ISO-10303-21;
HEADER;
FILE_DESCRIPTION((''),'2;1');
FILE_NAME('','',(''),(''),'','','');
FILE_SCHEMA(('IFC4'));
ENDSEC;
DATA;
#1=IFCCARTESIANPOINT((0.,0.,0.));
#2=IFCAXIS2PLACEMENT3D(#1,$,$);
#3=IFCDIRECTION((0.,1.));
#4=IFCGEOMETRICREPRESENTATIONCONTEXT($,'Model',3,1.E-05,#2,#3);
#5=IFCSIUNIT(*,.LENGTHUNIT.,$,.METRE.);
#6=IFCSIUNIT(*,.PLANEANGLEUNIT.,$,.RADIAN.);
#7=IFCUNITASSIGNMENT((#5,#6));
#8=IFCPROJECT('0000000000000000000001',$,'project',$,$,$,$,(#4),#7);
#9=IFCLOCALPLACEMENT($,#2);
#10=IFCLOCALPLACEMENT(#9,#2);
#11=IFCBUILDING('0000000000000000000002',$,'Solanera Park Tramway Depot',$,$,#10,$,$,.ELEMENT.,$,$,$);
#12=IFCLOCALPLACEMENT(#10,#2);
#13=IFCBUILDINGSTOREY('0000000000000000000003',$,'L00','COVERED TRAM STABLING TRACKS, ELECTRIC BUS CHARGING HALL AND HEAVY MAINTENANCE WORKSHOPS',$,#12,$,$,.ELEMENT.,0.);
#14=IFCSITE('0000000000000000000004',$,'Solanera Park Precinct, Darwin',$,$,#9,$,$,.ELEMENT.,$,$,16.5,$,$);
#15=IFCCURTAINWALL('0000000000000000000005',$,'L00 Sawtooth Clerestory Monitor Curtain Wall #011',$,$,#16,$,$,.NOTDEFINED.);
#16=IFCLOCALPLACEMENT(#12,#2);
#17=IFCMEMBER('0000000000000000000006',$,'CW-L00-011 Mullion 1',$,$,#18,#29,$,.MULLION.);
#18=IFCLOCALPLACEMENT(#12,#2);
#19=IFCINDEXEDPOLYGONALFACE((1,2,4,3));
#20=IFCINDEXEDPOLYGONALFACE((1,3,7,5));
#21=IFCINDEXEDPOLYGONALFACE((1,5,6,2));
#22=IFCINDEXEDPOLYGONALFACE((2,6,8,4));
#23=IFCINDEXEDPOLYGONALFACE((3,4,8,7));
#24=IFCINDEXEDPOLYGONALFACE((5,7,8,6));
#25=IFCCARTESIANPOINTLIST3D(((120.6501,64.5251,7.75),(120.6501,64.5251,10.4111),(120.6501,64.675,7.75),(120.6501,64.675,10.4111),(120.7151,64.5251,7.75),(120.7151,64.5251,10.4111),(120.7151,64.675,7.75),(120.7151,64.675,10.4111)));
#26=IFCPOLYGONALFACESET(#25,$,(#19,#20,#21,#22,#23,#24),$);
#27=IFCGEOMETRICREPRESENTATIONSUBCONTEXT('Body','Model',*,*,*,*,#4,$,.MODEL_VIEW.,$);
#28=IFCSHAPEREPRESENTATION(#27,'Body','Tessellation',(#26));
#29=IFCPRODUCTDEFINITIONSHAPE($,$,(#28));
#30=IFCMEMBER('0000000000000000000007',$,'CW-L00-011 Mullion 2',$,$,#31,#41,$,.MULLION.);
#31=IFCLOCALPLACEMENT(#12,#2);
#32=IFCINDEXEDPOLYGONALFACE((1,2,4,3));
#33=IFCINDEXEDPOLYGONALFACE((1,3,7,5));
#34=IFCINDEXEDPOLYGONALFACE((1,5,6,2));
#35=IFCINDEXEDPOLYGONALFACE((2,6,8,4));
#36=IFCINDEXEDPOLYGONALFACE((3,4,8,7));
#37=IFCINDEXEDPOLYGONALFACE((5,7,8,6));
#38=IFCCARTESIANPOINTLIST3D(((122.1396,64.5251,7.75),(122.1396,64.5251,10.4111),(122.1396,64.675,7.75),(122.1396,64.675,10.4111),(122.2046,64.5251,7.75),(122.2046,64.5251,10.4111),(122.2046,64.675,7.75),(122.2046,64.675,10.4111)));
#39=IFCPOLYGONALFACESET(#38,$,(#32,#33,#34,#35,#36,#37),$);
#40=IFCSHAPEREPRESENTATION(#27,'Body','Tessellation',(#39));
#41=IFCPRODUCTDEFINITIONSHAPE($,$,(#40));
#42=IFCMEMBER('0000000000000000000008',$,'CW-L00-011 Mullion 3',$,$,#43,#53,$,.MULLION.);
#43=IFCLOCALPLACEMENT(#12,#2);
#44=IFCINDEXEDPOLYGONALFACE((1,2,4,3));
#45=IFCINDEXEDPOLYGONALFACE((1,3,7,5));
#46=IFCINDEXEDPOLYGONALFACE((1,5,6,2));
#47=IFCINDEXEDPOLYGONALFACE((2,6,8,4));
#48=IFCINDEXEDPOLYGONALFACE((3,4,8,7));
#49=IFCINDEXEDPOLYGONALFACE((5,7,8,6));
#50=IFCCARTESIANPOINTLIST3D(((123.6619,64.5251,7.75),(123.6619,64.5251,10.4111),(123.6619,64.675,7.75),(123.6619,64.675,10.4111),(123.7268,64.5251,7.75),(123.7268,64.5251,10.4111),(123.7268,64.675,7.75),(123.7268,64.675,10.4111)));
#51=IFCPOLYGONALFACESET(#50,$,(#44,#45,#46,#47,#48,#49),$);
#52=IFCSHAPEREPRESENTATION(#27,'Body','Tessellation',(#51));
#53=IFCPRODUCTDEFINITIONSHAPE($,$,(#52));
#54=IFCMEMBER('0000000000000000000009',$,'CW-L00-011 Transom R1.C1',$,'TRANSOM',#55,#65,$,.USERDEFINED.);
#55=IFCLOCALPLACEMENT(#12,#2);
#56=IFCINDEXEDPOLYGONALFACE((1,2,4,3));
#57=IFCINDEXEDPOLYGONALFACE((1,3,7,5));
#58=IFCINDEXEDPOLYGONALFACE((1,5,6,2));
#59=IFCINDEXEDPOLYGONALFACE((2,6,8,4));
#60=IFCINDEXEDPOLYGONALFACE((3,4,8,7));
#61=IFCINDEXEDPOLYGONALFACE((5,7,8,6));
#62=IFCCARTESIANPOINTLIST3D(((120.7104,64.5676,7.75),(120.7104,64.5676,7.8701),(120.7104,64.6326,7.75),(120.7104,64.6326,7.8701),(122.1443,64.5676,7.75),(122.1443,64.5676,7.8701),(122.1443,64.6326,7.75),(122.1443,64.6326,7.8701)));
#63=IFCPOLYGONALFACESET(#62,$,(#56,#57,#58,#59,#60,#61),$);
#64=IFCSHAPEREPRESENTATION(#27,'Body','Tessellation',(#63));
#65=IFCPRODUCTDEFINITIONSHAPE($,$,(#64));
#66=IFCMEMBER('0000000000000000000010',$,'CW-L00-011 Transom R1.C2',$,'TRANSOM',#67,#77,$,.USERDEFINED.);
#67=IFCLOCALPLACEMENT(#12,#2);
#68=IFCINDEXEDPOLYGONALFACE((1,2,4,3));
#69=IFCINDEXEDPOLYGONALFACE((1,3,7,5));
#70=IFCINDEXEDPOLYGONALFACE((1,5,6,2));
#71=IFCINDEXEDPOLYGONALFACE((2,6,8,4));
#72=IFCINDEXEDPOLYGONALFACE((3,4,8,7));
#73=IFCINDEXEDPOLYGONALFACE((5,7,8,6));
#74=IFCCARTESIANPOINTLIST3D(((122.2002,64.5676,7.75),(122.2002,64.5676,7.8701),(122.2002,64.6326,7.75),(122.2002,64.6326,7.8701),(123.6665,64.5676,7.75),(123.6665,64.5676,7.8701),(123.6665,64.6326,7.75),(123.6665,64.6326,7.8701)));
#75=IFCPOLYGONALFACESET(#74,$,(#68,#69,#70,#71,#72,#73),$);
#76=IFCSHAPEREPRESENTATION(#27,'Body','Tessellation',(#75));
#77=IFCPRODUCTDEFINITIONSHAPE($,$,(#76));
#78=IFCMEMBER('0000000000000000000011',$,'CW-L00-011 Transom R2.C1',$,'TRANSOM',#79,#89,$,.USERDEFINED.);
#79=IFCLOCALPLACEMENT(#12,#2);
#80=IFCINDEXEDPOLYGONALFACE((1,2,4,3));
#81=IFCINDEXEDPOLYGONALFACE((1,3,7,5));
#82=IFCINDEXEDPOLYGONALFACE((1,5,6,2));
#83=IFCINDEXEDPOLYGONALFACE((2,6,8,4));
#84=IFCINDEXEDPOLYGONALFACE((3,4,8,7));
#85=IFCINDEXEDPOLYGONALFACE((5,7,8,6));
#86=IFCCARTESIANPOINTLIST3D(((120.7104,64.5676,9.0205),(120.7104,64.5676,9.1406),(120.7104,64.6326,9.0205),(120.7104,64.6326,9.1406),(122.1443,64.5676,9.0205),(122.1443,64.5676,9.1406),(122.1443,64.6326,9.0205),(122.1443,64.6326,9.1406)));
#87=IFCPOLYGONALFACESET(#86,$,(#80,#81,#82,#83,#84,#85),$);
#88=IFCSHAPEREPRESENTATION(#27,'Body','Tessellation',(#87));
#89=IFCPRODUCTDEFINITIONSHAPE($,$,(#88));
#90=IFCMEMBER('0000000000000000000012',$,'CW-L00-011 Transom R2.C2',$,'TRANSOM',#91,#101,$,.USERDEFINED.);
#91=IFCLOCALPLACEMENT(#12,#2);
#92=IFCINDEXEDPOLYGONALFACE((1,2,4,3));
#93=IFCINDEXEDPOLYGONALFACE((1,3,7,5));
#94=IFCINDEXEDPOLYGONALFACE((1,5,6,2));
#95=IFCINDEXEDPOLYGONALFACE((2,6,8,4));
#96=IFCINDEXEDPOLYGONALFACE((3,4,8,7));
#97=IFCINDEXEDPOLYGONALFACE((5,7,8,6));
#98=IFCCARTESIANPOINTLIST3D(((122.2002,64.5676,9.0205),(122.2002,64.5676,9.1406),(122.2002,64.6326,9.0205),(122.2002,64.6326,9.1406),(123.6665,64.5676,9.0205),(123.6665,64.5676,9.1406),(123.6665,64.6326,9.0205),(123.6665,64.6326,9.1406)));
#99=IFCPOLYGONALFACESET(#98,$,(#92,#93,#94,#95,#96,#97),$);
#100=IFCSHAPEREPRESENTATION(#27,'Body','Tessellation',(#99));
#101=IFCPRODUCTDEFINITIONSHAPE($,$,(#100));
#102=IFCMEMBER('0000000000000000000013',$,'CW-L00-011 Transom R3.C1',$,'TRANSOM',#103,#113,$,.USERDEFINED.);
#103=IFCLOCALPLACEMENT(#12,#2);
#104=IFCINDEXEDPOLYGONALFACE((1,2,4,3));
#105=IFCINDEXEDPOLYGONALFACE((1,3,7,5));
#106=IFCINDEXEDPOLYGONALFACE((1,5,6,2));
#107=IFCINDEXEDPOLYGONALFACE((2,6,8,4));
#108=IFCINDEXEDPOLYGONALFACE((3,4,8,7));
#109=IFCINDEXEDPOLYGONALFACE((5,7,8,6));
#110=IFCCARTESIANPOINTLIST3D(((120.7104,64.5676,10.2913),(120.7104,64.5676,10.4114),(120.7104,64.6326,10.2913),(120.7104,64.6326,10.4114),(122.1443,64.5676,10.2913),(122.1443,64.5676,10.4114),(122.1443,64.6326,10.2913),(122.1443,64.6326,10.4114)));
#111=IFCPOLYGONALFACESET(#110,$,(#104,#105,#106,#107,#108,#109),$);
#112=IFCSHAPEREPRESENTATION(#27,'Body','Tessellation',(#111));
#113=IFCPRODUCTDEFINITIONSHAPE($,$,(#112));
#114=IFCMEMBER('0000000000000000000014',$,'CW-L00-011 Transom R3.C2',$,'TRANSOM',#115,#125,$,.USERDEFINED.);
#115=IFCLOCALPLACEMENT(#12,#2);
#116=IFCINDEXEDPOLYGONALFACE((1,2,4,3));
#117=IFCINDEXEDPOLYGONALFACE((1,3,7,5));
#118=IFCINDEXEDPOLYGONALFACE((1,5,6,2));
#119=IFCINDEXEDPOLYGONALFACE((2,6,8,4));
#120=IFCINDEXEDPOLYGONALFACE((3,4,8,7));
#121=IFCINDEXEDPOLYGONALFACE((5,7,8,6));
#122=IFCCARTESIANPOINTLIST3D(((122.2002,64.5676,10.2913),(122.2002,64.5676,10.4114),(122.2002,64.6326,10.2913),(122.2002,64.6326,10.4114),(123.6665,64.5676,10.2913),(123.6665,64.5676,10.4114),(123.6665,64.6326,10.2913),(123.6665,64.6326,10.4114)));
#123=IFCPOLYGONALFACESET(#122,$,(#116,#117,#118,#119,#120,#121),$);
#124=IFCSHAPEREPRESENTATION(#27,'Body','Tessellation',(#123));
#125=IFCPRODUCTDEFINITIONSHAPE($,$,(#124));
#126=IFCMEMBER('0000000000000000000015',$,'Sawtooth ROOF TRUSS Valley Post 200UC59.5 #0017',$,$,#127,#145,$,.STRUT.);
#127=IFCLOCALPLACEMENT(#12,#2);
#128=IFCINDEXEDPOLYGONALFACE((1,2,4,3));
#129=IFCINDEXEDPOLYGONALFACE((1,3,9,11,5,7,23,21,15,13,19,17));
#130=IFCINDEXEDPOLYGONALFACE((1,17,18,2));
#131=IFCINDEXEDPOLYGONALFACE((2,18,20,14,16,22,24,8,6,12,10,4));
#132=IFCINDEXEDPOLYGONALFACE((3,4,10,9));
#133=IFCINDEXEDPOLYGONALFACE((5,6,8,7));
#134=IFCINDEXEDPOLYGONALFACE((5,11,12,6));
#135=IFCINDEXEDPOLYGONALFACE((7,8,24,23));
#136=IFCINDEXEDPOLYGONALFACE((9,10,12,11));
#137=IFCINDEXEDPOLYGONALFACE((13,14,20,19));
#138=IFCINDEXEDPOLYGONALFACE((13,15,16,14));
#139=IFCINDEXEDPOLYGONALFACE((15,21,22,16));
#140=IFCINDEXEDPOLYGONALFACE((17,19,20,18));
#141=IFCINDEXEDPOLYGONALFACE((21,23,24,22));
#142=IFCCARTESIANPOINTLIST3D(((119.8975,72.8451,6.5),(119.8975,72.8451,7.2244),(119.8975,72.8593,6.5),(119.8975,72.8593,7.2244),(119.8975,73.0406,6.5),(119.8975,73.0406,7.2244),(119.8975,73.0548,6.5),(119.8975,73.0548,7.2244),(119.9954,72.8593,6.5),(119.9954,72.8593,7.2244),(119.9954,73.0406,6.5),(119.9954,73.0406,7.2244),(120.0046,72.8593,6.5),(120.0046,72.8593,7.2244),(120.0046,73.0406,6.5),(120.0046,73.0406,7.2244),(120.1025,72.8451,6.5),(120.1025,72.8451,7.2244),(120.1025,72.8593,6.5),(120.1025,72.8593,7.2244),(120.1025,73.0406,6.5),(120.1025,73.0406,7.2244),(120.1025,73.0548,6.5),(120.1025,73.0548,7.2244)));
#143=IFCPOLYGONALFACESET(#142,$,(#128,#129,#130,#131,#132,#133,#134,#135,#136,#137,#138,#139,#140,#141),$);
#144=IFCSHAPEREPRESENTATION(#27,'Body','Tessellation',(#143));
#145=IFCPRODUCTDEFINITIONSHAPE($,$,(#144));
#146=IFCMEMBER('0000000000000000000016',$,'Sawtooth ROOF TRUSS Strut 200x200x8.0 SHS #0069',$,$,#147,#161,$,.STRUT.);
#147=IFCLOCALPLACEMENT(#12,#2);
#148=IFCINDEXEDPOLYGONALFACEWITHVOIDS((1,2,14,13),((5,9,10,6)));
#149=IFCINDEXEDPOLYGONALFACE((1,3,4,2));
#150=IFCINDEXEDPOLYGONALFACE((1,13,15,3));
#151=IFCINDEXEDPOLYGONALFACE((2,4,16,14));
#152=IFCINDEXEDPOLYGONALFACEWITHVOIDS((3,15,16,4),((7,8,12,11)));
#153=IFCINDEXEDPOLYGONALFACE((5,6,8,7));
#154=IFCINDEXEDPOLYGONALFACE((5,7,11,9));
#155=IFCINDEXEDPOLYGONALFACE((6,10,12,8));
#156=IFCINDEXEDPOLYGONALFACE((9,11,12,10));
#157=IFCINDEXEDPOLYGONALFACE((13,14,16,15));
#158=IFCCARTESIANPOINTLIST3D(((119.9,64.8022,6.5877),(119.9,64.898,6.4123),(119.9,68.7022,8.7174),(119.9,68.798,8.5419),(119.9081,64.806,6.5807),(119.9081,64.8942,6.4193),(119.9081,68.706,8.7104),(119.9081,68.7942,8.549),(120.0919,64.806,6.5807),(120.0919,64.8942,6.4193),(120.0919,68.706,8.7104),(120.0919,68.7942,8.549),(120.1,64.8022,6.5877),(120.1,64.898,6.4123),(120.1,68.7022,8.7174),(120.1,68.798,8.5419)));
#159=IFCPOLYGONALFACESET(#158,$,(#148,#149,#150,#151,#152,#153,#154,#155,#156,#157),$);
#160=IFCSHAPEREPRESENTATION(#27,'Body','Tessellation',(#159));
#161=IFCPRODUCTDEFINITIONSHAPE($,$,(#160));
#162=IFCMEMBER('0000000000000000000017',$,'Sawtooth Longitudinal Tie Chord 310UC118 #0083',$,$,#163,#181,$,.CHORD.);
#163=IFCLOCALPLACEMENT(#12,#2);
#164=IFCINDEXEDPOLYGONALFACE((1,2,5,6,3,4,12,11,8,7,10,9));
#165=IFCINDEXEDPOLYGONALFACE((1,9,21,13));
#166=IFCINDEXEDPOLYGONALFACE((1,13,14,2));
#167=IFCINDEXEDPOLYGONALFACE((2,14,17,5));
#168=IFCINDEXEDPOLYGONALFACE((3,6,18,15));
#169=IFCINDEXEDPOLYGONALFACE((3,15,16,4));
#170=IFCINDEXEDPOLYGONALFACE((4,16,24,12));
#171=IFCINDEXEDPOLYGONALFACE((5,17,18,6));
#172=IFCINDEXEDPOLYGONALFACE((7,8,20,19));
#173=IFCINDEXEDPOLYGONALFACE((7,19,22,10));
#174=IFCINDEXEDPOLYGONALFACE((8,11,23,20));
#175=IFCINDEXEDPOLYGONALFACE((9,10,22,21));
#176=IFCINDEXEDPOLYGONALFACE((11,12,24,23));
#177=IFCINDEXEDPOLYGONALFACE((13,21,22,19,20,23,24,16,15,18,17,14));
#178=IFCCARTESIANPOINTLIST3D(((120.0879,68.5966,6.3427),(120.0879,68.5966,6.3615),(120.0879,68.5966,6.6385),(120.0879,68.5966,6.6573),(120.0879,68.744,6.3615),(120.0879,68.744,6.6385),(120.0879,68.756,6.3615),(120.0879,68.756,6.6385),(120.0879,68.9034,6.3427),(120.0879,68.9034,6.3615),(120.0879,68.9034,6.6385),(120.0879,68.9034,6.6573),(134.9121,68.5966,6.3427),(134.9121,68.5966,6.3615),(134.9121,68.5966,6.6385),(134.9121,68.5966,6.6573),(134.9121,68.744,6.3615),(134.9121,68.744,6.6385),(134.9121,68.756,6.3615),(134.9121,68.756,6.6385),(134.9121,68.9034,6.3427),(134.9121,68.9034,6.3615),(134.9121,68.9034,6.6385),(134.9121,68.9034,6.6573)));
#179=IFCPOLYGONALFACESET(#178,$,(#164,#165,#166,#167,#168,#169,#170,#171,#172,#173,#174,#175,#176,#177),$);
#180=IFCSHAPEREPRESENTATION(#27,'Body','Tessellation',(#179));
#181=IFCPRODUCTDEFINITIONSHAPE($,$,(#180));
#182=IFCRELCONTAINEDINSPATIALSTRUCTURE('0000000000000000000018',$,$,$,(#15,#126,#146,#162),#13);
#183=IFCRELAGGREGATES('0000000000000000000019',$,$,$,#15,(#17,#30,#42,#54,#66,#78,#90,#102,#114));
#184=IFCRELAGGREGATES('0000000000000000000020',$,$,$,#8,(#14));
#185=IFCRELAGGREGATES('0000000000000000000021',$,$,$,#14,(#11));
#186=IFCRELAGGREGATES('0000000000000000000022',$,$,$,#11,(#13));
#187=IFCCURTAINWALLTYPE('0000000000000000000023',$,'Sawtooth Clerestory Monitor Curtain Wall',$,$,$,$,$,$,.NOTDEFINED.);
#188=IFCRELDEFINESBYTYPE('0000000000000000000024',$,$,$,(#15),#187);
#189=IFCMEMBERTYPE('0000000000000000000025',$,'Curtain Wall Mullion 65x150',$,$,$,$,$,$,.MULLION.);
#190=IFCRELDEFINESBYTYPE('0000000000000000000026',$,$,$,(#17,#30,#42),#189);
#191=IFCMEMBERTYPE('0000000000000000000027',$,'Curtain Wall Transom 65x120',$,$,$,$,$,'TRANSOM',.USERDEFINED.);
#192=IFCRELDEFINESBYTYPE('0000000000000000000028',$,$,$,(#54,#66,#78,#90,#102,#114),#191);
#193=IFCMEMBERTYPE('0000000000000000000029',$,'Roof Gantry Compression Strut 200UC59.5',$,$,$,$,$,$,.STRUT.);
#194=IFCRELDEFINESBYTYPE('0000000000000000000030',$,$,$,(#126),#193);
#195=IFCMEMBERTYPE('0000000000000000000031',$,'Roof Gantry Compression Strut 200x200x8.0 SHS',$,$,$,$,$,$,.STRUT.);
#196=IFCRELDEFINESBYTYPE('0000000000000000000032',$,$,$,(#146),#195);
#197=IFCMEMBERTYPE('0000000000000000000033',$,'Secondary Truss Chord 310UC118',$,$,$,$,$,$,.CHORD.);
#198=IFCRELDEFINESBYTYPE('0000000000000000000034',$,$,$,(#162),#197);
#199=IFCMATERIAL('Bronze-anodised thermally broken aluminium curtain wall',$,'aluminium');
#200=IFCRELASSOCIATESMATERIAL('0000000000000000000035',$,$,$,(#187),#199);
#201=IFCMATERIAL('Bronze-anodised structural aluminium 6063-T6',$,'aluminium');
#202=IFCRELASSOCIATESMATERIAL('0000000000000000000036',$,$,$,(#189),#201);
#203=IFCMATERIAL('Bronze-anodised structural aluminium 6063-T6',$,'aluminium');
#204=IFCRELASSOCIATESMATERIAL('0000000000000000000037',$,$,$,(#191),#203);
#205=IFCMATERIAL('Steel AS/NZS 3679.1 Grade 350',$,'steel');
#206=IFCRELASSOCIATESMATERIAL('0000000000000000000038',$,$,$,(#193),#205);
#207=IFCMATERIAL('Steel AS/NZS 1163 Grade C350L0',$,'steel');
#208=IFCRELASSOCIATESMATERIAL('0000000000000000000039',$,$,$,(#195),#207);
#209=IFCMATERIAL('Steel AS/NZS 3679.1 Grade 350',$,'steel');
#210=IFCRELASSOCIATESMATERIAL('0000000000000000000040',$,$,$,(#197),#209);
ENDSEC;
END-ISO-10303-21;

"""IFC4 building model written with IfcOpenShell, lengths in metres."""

from ifc_helpers import new_model, si_unit, direction, frame, origin, origin_2d, place, context, subcontext, project, spatial, rectangle, hollow_rectangle, i_section, extrude, material, material_profile, profile_set, type_object, element, aggregate, save


model = new_model("IFC4")

# Units and contexts
model_context = context("Model", 3, precision=1e-05, world=origin(), true_north=direction((0.0, 1.0)))
body_context = subcontext(model_context, "Body", "Model", "MODEL_VIEW")
ifc_project = project(units=[si_unit("LENGTHUNIT", "METRE"), si_unit("PLANEANGLEUNIT", "RADIAN")], contexts=[model_context])

# Site, building, storey
site_placement = place(None, origin())
site = spatial("IfcSite", under=ifc_project, at=site_placement, Name="Solanera Park Precinct, Darwin", CompositionType="ELEMENT", RefElevation=16.5)
building_placement = place(site_placement, origin())
building = spatial("IfcBuilding", under=site, at=building_placement, Name="Solanera Park Tramway Depot", CompositionType="ELEMENT")
storey_placement = place(building_placement, origin())
storey = spatial("IfcBuildingStorey", under=building, at=storey_placement, Name="L00", Description="COVERED TRAM STABLING TRACKS, ELECTRIC BUS CHARGING HALL AND HEAVY MAINTENANCE WORKSHOPS", CompositionType="ELEMENT", Elevation=0.0)

# Curtain wall, members
ifc_material_1 = material(Name="Bronze-anodised thermally broken aluminium curtain wall", Category="aluminium")
curtain_wall_type = type_object("IfcCurtainWallType", Name="Sawtooth Clerestory Monitor Curtain Wall", PredefinedType="NOTDEFINED", material=ifc_material_1)
curtain_wall_placement = place(storey_placement, origin())
curtain_wall = element("IfcCurtainWall", 1, at=curtain_wall_placement, inside=storey, type_object=curtain_wall_type, Name="L00 Sawtooth Clerestory Monitor Curtain Wall #011", PredefinedType="NOTDEFINED")
ifc_material_2 = material(Name="Bronze-anodised structural aluminium 6063-T6", Category="aluminium")
ifc_material_profile_1 = material_profile(ifc_material_2, rectangle(XDim=0.0649, YDim=0.1499, at=origin_2d()), Name="Curtain Wall Mullion 65x150")
ifc_profile_set_1 = profile_set([ifc_material_profile_1], Name="Bronze-anodised structural aluminium 6063-T6")
member_type_1 = type_object("IfcMemberType", Name="Curtain Wall Mullion 65x150", PredefinedType="MULLION", material=ifc_profile_set_1)
member_1_placement = place(storey_placement, frame((120.6826, 64.6001, 7.75), z_axis=(0.0, 0.0, 1.0), x_axis=(1.0, 0.0, 0.0)))
member_1 = element("IfcMember", 2, at=member_1_placement, type_object=member_type_1, Name="CW-L00-011 Mullion 1", PredefinedType="MULLION", context=body_context, shape_type="SweptSolid", body=[
    extrude(rectangle(XDim=0.0649, YDim=0.1499, at=origin_2d()), origin(), (0.0, 0.0, 1.0), 2.6611),
])
member_2_placement = place(storey_placement, frame((122.1721, 64.6001, 7.75), z_axis=(0.0, 0.0, 1.0), x_axis=(1.0, 0.0, 0.0)))
member_2 = element("IfcMember", 3, at=member_2_placement, type_object=member_type_1, Name="CW-L00-011 Mullion 2", PredefinedType="MULLION", context=body_context, shape_type="SweptSolid", body=[
    extrude(rectangle(XDim=0.0649, YDim=0.1499, at=origin_2d()), origin(), (0.0, 0.0, 1.0), 2.6611),
])
member_3_placement = place(storey_placement, frame((123.6943, 64.6001, 7.75), z_axis=(0.0, 0.0, 1.0), x_axis=(1.0, 0.0, 0.0)))
member_3 = element("IfcMember", 4, at=member_3_placement, type_object=member_type_1, Name="CW-L00-011 Mullion 3", PredefinedType="MULLION", context=body_context, shape_type="SweptSolid", body=[
    extrude(rectangle(XDim=0.0649, YDim=0.1499, at=origin_2d()), origin(), (0.0, 0.0, 1.0), 2.6611),
])
ifc_material_3 = material(Name="Bronze-anodised structural aluminium 6063-T6", Category="aluminium")
ifc_material_profile_2 = material_profile(ifc_material_3, rectangle(XDim=0.0649, YDim=0.1201, at=origin_2d()), Name="Curtain Wall Transom 65x120")
ifc_profile_set_2 = profile_set([ifc_material_profile_2], Name="Bronze-anodised structural aluminium 6063-T6")
member_type_2 = type_object("IfcMemberType", Name="Curtain Wall Transom 65x120", ElementType="TRANSOM", PredefinedType="USERDEFINED", material=ifc_profile_set_2)
member_4_placement = place(storey_placement, frame((120.7104, 64.6001, 7.8101), z_axis=(1.0, 0.0, 0.0), x_axis=(0.0, 1.0, 0.0)))
member_4 = element("IfcMember", 5, at=member_4_placement, type_object=member_type_2, Name="CW-L00-011 Transom R1.C1", ObjectType="TRANSOM", PredefinedType="USERDEFINED", context=body_context, shape_type="SweptSolid", body=[
    extrude(rectangle(XDim=0.0649, YDim=0.1201, at=origin_2d()), origin(), (0.0, 0.0, 1.0), 1.4338),
])
member_5_placement = place(storey_placement, frame((122.2002, 64.6001, 7.8101), z_axis=(1.0, 0.0, 0.0), x_axis=(0.0, 1.0, 0.0)))
member_5 = element("IfcMember", 6, at=member_5_placement, type_object=member_type_2, Name="CW-L00-011 Transom R1.C2", ObjectType="TRANSOM", PredefinedType="USERDEFINED", context=body_context, shape_type="SweptSolid", body=[
    extrude(rectangle(XDim=0.0649, YDim=0.1201, at=origin_2d()), origin(), (0.0, 0.0, 1.0), 1.4663),
])
member_6_placement = place(storey_placement, frame((120.7104, 64.6001, 9.0806), z_axis=(1.0, 0.0, 0.0), x_axis=(0.0, 1.0, 0.0)))
member_6 = element("IfcMember", 7, at=member_6_placement, type_object=member_type_2, Name="CW-L00-011 Transom R2.C1", ObjectType="TRANSOM", PredefinedType="USERDEFINED", context=body_context, shape_type="SweptSolid", body=[
    extrude(rectangle(XDim=0.0649, YDim=0.1201, at=origin_2d()), origin(), (0.0, 0.0, 1.0), 1.4338),
])
member_7_placement = place(storey_placement, frame((122.2002, 64.6001, 9.0806), z_axis=(1.0, 0.0, 0.0), x_axis=(0.0, 1.0, 0.0)))
member_7 = element("IfcMember", 8, at=member_7_placement, type_object=member_type_2, Name="CW-L00-011 Transom R2.C2", ObjectType="TRANSOM", PredefinedType="USERDEFINED", context=body_context, shape_type="SweptSolid", body=[
    extrude(rectangle(XDim=0.0649, YDim=0.1201, at=origin_2d()), origin(), (0.0, 0.0, 1.0), 1.4663),
])
member_8_placement = place(storey_placement, frame((120.7104, 64.6001, 10.3513), z_axis=(1.0, 0.0, 0.0), x_axis=(0.0, 1.0, 0.0)))
member_8 = element("IfcMember", 9, at=member_8_placement, type_object=member_type_2, Name="CW-L00-011 Transom R3.C1", ObjectType="TRANSOM", PredefinedType="USERDEFINED", context=body_context, shape_type="SweptSolid", body=[
    extrude(rectangle(XDim=0.0649, YDim=0.1201, at=origin_2d()), origin(), (0.0, 0.0, 1.0), 1.4338),
])
member_9_placement = place(storey_placement, frame((122.2002, 64.6001, 10.3513), z_axis=(1.0, 0.0, 0.0), x_axis=(0.0, 1.0, 0.0)))
member_9 = element("IfcMember", 10, at=member_9_placement, type_object=member_type_2, Name="CW-L00-011 Transom R3.C2", ObjectType="TRANSOM", PredefinedType="USERDEFINED", context=body_context, shape_type="SweptSolid", body=[
    extrude(rectangle(XDim=0.0649, YDim=0.1201, at=origin_2d()), origin(), (0.0, 0.0, 1.0), 1.4663),
])

# Members
ifc_material_4 = material(Name="Steel AS/NZS 3679.1 Grade 350", Category="steel")
ifc_material_profile_3 = material_profile(ifc_material_4, i_section(OverallWidth=0.2051, OverallDepth=0.2097, WebThickness=0.0093, FlangeThickness=0.0142, at=origin_2d()), Name="200UC59.5")
ifc_profile_set_3 = profile_set([ifc_material_profile_3], Name="Steel AS/NZS 3679.1 Grade 350")
member_type_3 = type_object("IfcMemberType", Name="Roof Gantry Compression Strut 200UC59.5", PredefinedType="STRUT", material=ifc_profile_set_3)
member_10_placement = place(storey_placement, frame((120.0, 72.95, 6.5), z_axis=(0.0, 0.0, 1.0), x_axis=(1.0, 0.0, 0.0)))
element("IfcMember", 11, at=member_10_placement, inside=storey, type_object=member_type_3, Name="Sawtooth ROOF TRUSS Valley Post 200UC59.5 #0017", PredefinedType="STRUT", context=body_context, shape_type="SweptSolid", body=[
    extrude(i_section(OverallWidth=0.2051, OverallDepth=0.2097, WebThickness=0.0093, FlangeThickness=0.0142, at=origin_2d()), origin(), (0.0, 0.0, 1.0), 0.7244),
])
ifc_material_5 = material(Name="Steel AS/NZS 1163 Grade C350L0", Category="steel")
ifc_material_profile_4 = material_profile(ifc_material_5, hollow_rectangle(XDim=0.2, YDim=0.2, WallThickness=0.0081, at=origin_2d()), Name="200x200x8.0 SHS")
ifc_profile_set_4 = profile_set([ifc_material_profile_4], Name="Steel AS/NZS 1163 Grade C350L0")
member_type_4 = type_object("IfcMemberType", Name="Roof Gantry Compression Strut 200x200x8.0 SHS", PredefinedType="STRUT", material=ifc_profile_set_4)
member_11_placement = place(storey_placement, frame((120.0, 64.8501, 6.5), z_axis=(0.0, 0.877667, 0.479272), x_axis=(-1.0, 0.0, 0.0)))
element("IfcMember", 12, at=member_11_placement, inside=storey, type_object=member_type_4, Name="Sawtooth ROOF TRUSS Strut 200x200x8.0 SHS #0069", PredefinedType="STRUT", context=body_context, shape_type="SweptSolid", body=[
    extrude(hollow_rectangle(XDim=0.2, YDim=0.2, WallThickness=0.0081, at=origin_2d()), origin(), (0.0, 0.0, 1.0), 4.4436),
])
ifc_material_6 = material(Name="Steel AS/NZS 3679.1 Grade 350", Category="steel")
ifc_material_profile_5 = material_profile(ifc_material_6, i_section(OverallWidth=0.3069, OverallDepth=0.3147, WebThickness=0.012, FlangeThickness=0.0188, at=origin_2d()), Name="310UC118")
ifc_profile_set_5 = profile_set([ifc_material_profile_5], Name="Steel AS/NZS 3679.1 Grade 350")
member_type_5 = type_object("IfcMemberType", Name="Secondary Truss Chord 310UC118", PredefinedType="CHORD", material=ifc_profile_set_5)
member_12_placement = place(storey_placement, frame((120.0879, 68.75, 6.5), z_axis=(1.0, 0.0, 0.0), x_axis=(0.0, 1.0, 0.0)))
element("IfcMember", 13, at=member_12_placement, inside=storey, type_object=member_type_5, Name="Sawtooth Longitudinal Tie Chord 310UC118 #0083", PredefinedType="CHORD", context=body_context, shape_type="SweptSolid", body=[
    extrude(i_section(OverallWidth=0.3069, OverallDepth=0.3147, WebThickness=0.012, FlangeThickness=0.0188, at=origin_2d()), origin(), (0.0, 0.0, 1.0), 14.8242),
])

aggregate(curtain_wall, [member_1, member_2, member_3, member_4, member_5, member_6, member_7, member_8, member_9])

save(model, "model.ifc")
